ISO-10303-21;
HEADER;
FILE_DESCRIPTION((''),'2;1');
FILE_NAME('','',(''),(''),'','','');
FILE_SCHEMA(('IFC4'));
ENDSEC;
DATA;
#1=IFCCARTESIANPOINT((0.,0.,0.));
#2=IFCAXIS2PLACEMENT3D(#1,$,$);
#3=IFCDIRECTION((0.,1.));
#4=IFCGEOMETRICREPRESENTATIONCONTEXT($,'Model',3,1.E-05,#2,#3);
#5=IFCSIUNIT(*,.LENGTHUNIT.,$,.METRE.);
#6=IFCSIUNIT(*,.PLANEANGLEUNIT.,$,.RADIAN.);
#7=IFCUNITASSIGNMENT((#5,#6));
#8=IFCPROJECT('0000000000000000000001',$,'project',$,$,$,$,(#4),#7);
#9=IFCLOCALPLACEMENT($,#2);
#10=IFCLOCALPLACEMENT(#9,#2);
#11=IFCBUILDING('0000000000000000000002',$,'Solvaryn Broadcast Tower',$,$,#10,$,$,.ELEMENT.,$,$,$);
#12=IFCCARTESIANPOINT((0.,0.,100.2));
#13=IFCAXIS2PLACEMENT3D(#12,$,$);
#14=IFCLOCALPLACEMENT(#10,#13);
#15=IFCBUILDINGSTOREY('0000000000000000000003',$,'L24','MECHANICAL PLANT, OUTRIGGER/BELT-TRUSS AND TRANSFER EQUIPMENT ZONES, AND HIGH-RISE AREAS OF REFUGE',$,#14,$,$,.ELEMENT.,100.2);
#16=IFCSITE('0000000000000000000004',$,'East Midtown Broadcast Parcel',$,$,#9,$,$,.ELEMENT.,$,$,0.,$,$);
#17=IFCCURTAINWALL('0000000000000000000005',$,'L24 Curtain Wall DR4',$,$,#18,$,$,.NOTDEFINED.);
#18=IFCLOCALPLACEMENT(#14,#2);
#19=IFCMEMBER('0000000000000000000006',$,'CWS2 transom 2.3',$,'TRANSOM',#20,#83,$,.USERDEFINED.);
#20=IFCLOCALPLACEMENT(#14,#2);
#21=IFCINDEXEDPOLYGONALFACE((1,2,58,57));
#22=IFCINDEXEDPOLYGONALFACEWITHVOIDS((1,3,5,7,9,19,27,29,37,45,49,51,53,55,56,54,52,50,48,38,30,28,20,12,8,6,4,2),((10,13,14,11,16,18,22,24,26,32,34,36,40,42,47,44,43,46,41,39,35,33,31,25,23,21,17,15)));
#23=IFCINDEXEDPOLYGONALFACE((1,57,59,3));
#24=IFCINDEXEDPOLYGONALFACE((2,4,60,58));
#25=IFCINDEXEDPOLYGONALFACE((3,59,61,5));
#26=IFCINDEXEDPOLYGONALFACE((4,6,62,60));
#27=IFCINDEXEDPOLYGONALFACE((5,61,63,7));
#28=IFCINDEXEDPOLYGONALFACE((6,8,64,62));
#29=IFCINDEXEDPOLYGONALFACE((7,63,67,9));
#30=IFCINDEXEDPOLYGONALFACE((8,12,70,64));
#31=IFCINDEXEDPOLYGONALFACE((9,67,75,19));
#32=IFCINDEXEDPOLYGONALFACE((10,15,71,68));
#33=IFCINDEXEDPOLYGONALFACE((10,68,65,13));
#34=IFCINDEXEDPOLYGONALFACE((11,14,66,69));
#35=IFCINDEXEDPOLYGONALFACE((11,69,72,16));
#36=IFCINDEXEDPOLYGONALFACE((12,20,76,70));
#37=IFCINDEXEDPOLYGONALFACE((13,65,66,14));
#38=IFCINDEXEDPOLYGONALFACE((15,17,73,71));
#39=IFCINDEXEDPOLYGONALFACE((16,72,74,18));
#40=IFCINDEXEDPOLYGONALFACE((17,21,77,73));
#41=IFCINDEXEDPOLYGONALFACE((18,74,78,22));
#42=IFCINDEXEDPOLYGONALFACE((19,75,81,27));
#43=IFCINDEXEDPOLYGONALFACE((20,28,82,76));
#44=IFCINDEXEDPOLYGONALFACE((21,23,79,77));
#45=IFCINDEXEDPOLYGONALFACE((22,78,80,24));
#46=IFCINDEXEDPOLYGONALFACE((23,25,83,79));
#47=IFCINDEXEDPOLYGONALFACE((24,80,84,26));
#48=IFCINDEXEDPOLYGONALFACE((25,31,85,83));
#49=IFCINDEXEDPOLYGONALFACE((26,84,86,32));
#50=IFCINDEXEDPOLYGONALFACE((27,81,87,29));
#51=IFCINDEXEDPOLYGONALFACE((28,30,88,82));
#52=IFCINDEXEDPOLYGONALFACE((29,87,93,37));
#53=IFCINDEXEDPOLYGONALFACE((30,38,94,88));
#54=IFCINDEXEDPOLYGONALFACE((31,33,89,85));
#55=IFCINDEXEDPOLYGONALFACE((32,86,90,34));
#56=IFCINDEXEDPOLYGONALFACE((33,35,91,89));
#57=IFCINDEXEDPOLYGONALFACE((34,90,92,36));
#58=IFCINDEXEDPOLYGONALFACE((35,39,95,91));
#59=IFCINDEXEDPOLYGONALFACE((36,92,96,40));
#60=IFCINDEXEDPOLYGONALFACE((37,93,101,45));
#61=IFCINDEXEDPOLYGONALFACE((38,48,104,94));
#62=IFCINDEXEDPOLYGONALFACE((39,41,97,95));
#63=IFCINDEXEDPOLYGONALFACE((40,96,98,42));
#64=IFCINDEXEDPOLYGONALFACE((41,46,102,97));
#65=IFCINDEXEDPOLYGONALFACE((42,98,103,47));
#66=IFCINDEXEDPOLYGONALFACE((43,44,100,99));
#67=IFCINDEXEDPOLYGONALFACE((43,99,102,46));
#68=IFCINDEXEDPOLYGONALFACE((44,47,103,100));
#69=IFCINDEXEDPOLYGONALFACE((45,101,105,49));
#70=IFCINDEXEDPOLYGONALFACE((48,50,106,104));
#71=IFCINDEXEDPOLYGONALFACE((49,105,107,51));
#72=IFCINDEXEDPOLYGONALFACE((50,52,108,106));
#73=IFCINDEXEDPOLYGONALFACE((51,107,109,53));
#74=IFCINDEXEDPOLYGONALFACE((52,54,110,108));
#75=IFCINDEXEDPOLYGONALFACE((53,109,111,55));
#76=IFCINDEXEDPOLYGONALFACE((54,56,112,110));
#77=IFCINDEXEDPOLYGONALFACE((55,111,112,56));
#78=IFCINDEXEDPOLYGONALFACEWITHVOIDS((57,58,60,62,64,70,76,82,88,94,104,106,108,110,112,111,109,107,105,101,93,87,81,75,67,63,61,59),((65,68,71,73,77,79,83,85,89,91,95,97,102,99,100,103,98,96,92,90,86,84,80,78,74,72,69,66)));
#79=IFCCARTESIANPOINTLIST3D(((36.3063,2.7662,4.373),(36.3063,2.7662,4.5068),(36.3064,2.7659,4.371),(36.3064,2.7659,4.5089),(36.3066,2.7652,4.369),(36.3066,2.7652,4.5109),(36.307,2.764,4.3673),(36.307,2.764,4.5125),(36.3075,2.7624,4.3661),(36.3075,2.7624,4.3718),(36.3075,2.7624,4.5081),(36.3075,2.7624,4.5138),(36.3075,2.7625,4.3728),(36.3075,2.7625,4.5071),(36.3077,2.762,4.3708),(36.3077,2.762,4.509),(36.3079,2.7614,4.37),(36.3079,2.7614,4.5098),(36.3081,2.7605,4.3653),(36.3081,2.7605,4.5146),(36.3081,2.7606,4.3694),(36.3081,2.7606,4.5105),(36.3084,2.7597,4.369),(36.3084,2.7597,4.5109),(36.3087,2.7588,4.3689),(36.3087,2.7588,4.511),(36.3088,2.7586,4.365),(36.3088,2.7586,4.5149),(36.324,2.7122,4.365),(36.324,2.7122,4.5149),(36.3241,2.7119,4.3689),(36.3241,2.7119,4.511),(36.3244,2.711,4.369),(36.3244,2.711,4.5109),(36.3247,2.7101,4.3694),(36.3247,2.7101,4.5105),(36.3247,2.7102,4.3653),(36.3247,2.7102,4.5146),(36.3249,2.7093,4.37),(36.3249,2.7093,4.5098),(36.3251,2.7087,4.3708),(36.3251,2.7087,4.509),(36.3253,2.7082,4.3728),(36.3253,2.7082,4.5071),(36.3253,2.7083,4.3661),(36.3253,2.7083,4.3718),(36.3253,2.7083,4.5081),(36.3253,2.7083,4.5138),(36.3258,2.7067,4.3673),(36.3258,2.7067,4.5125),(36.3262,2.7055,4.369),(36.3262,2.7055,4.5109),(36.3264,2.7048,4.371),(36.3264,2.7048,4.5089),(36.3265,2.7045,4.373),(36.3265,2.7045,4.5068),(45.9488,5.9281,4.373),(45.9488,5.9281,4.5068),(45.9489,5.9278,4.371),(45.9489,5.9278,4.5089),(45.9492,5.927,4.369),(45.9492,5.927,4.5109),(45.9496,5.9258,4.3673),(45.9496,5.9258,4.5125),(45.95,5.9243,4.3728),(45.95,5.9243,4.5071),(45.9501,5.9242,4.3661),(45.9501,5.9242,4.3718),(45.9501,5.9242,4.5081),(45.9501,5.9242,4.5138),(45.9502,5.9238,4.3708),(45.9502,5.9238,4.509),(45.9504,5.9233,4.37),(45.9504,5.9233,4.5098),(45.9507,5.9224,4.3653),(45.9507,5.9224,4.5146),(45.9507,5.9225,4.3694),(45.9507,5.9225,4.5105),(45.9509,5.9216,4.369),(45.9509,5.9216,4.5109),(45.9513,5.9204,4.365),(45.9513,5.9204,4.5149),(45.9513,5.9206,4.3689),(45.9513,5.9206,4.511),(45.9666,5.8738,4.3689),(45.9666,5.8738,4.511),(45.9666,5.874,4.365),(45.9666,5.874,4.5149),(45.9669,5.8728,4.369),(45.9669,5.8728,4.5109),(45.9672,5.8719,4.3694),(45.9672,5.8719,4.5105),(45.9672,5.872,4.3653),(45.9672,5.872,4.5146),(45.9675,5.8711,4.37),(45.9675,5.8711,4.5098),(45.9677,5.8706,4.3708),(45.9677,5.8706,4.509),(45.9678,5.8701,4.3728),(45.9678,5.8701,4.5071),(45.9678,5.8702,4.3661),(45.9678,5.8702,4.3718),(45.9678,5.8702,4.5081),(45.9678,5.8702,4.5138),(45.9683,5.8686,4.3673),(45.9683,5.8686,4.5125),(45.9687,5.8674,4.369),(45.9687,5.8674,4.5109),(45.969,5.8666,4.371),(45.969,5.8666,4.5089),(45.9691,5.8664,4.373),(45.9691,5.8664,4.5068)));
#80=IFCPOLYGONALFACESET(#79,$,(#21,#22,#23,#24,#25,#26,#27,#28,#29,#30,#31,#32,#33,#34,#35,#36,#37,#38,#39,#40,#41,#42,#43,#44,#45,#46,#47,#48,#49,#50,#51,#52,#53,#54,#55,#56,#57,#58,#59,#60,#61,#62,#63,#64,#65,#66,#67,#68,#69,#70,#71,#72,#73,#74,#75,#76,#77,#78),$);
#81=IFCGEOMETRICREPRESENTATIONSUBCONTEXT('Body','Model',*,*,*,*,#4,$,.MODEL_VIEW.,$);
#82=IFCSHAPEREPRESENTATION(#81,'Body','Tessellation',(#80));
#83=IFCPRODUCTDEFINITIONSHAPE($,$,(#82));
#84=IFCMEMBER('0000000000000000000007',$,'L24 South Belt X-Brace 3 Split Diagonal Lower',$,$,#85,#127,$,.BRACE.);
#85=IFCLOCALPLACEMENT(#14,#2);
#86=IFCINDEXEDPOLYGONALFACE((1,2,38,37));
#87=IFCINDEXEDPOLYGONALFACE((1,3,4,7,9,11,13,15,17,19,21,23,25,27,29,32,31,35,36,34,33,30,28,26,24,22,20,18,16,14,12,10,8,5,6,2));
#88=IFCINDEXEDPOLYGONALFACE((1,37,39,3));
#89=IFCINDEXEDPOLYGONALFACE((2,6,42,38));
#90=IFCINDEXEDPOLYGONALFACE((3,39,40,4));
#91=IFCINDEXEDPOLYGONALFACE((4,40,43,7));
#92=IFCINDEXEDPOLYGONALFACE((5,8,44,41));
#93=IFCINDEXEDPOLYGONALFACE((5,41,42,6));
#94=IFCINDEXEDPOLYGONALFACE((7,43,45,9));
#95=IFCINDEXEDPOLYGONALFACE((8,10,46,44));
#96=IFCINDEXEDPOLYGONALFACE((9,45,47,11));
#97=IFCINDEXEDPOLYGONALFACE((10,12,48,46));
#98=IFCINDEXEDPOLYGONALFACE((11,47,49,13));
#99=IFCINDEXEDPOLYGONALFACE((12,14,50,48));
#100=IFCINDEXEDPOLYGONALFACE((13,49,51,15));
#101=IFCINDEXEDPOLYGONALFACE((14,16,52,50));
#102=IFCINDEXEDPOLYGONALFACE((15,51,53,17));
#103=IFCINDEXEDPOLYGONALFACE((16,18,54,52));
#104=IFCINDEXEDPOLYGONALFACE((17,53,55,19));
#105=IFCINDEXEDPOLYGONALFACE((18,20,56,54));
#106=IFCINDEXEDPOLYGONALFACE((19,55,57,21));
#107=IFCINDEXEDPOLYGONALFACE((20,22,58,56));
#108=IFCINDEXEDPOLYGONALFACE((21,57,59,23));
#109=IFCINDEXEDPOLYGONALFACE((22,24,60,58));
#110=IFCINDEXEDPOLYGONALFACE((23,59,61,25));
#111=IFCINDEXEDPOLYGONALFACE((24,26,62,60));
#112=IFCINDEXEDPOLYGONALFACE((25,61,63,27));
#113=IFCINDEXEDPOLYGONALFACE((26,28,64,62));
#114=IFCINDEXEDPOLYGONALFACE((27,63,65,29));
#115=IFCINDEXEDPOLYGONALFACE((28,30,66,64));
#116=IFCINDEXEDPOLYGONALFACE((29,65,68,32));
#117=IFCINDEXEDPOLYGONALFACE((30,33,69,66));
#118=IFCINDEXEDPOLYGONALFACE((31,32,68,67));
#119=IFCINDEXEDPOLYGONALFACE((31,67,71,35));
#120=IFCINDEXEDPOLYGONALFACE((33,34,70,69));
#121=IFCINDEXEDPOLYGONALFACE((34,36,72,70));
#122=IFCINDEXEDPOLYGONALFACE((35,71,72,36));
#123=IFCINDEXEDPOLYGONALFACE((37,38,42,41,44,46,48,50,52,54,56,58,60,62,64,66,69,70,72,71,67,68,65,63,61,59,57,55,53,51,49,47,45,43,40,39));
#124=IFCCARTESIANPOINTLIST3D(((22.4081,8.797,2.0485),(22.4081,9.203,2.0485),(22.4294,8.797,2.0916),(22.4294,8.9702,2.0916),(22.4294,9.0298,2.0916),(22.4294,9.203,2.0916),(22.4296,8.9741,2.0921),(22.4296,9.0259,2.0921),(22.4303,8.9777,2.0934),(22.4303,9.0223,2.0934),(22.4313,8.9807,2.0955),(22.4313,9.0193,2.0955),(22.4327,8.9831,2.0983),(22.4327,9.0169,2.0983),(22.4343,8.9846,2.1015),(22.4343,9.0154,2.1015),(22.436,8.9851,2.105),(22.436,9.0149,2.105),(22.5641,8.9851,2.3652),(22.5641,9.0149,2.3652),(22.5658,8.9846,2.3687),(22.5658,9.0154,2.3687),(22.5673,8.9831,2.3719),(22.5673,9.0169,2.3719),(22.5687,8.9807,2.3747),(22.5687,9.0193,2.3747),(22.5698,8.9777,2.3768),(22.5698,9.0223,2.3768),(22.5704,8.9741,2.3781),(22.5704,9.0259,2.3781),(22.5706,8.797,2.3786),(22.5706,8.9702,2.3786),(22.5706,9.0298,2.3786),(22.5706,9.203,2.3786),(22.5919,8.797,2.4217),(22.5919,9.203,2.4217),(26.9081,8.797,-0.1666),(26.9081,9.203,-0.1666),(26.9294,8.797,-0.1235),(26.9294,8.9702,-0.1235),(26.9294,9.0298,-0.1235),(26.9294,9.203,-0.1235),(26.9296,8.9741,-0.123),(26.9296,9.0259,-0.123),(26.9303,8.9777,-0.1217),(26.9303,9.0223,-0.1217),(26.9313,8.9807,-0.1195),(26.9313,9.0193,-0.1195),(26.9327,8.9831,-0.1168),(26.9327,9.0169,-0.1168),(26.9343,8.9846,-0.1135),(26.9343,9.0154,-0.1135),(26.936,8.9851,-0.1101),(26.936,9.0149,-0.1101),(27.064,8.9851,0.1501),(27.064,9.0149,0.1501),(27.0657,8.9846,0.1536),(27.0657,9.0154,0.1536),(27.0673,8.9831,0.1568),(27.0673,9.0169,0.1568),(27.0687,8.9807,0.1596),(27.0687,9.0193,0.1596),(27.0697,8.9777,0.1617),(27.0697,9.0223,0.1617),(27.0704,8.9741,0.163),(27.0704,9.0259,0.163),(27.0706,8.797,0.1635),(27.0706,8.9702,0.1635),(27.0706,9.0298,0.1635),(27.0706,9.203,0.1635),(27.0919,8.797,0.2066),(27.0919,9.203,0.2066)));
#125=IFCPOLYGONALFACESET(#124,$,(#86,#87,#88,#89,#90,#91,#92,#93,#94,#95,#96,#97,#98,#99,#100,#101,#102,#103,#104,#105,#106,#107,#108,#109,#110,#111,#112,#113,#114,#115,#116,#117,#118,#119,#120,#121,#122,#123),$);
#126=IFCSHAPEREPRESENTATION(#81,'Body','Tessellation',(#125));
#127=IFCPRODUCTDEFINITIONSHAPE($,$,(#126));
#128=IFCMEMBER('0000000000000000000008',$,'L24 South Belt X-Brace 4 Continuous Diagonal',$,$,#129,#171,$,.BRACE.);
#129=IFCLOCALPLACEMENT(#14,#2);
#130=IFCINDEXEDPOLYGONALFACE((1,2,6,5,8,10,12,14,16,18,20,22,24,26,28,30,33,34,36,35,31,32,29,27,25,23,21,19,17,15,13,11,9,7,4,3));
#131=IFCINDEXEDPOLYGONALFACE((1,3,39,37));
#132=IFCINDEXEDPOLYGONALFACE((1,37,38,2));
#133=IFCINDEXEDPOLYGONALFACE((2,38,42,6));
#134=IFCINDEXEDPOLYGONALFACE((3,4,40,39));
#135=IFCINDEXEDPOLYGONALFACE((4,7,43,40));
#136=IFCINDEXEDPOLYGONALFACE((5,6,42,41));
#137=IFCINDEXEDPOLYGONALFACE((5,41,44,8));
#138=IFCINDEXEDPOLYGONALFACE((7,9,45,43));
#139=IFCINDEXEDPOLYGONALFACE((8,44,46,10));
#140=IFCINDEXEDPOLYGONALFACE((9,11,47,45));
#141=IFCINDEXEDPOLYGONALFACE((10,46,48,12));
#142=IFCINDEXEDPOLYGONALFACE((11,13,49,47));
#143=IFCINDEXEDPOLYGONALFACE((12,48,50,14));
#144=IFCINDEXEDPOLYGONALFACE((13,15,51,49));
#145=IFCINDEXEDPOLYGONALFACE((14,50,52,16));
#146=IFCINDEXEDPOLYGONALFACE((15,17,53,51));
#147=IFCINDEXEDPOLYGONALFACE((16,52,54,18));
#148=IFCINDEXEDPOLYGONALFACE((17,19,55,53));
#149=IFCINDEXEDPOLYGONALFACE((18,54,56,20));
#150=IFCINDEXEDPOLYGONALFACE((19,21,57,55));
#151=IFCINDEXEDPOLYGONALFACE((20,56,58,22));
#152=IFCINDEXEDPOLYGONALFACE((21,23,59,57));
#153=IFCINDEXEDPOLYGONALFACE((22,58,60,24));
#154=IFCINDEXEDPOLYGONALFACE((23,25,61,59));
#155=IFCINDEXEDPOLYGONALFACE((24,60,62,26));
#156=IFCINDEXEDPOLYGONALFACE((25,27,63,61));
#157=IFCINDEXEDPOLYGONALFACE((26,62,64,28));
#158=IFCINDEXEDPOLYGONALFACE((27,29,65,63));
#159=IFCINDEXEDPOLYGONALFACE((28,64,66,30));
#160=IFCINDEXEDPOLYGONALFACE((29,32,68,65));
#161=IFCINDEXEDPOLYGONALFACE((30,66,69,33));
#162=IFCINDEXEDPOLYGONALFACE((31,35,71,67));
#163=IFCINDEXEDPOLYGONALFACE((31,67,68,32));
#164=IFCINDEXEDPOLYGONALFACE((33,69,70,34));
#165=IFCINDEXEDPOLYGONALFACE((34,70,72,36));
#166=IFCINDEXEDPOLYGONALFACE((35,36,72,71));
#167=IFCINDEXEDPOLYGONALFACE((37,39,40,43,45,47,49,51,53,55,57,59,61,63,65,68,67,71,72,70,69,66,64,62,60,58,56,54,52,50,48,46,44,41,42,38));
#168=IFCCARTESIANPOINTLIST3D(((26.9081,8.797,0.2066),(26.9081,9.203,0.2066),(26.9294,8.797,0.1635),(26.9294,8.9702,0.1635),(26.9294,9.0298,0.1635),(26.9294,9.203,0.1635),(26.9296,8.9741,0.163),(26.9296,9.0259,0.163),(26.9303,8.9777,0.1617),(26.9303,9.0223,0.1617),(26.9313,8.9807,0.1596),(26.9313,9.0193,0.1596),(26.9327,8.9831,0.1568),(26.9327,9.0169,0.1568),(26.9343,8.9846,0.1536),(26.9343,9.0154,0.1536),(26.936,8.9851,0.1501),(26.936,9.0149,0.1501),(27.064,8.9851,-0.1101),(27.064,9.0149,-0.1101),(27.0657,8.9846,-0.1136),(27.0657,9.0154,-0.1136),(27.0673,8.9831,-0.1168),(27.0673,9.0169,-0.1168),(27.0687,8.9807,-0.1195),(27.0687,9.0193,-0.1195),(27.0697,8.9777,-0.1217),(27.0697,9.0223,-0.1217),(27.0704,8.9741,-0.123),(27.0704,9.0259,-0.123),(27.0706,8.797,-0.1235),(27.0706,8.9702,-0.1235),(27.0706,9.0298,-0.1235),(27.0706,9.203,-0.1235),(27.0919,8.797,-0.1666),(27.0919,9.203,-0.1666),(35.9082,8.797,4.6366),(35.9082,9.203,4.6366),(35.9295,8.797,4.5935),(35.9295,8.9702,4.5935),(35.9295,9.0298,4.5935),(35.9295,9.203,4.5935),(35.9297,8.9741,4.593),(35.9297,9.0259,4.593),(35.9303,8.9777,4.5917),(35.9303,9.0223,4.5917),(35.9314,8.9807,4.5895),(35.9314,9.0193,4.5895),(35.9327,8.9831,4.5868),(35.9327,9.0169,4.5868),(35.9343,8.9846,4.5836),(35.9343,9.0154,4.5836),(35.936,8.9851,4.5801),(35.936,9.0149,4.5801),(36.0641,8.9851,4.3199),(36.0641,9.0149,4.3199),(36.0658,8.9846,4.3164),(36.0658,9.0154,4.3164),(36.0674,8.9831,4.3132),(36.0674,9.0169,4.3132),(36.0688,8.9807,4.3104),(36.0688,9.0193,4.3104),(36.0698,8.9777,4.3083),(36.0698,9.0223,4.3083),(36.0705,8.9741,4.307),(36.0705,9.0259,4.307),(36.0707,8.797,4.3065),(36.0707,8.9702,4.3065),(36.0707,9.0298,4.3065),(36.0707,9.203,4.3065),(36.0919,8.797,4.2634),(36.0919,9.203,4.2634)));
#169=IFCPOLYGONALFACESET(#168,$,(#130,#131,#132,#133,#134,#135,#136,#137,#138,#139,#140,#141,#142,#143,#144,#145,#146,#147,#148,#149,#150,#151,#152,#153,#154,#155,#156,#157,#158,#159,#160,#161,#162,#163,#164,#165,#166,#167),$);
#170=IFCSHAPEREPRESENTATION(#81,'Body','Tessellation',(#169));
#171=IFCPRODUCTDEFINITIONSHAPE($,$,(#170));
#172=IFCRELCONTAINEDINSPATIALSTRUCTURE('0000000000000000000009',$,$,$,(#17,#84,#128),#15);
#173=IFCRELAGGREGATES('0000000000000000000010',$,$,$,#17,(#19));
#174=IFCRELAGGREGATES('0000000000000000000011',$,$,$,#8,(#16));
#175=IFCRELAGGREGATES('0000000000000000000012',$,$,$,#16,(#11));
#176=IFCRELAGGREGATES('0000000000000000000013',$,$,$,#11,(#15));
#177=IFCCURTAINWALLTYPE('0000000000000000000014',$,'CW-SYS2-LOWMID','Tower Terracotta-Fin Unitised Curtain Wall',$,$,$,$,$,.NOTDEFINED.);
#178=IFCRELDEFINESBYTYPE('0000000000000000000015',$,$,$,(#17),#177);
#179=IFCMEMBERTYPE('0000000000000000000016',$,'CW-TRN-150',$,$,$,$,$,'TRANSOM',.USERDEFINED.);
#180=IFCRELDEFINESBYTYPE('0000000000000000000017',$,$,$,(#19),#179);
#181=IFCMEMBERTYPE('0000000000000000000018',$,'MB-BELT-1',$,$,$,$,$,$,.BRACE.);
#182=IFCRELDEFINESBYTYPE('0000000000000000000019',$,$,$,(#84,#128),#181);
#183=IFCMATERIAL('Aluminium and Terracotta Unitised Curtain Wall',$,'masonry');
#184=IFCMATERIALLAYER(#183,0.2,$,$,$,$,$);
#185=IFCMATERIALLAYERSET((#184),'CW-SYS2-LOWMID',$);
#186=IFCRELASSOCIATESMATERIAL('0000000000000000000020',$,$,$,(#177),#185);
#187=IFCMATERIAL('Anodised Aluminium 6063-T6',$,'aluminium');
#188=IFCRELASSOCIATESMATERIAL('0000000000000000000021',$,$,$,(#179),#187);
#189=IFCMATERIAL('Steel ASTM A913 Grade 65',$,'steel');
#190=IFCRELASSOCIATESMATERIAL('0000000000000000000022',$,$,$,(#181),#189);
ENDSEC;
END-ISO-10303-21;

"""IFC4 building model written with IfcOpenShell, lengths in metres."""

from ifc_helpers import new_model, si_unit, direction, frame, origin, origin_2d, place, context, subcontext, project, spatial, hollow_rectangle, i_section, extrude, material, layer, layer_set, material_profile, profile_set, type_object, element, aggregate, save


model = new_model("IFC4")

# Units and contexts
model_context = context("Model", 3, precision=1e-05, world=origin(), true_north=direction((0.0, 1.0)))
body_context = subcontext(model_context, "Body", "Model", "MODEL_VIEW")
ifc_project = project(units=[si_unit("LENGTHUNIT", "METRE"), si_unit("PLANEANGLEUNIT", "RADIAN")], contexts=[model_context])

# Site, building, storey
site_placement = place(None, origin())
site = spatial("IfcSite", under=ifc_project, at=site_placement, Name="East Midtown Broadcast Parcel", CompositionType="ELEMENT", RefElevation=0.0)
building_placement = place(site_placement, origin())
building = spatial("IfcBuilding", under=site, at=building_placement, Name="Solvaryn Broadcast Tower", CompositionType="ELEMENT")
storey_placement = place(building_placement, frame((0.0, 0.0, 100.2)))
storey = spatial("IfcBuildingStorey", under=building, at=storey_placement, Name="L24", Description="MECHANICAL PLANT, OUTRIGGER/BELT-TRUSS AND TRANSFER EQUIPMENT ZONES, AND HIGH-RISE AREAS OF REFUGE", CompositionType="ELEMENT", Elevation=100.2)

# Curtain wall, member
ifc_material_1 = material(Name="Aluminium and Terracotta Unitised Curtain Wall", Category="masonry")
ifc_layer_1 = layer(ifc_material_1, 0.2)
ifc_layer_set_1 = layer_set([ifc_layer_1], Name="CW-SYS2-LOWMID")
curtain_wall_type = type_object("IfcCurtainWallType", Name="CW-SYS2-LOWMID", Description="Tower Terracotta-Fin Unitised Curtain Wall", PredefinedType="NOTDEFINED", material=ifc_layer_set_1)
curtain_wall_placement = place(storey_placement, origin())
curtain_wall = element("IfcCurtainWall", 1, at=curtain_wall_placement, inside=storey, type_object=curtain_wall_type, Name="L24 Curtain Wall DR4", PredefinedType="NOTDEFINED")
ifc_material_2 = material(Name="Anodised Aluminium 6063-T6", Category="aluminium")
ifc_material_profile_1 = material_profile(ifc_material_2, hollow_rectangle(XDim=0.0649, YDim=0.1499, WallThickness=0.0039, InnerFilletRadius=0.0039, OuterFilletRadius=0.0081, at=origin_2d()))
ifc_profile_set_1 = profile_set([ifc_material_profile_1], Name="Anodised Aluminium 6063-T6")
member_type_1 = type_object("IfcMemberType", Name="CW-TRN-150", ElementType="TRANSOM", PredefinedType="USERDEFINED", material=ifc_profile_set_1)
member_1_placement = place(storey_placement, frame((36.3164, 2.7354, 4.4399), z_axis=(0.950219, 0.311583, 0.0), x_axis=(-0.311583, 0.950219, 0.0)))
member_1 = element("IfcMember", 2, at=member_1_placement, type_object=member_type_1, Name="CWS2 transom 2.3", ObjectType="TRANSOM", PredefinedType="USERDEFINED", context=body_context, shape_type="SweptSolid", body=[
    extrude(hollow_rectangle(XDim=0.0649, YDim=0.1499, WallThickness=0.0039, InnerFilletRadius=0.0039, OuterFilletRadius=0.0081, at=origin_2d()), origin(), (0.0, 0.0, 1.0), 10.1477),
])

# Members
ifc_material_3 = material(Name="Steel ASTM A913 Grade 65", Category="steel")
ifc_material_profile_2 = material_profile(ifc_material_3, i_section(OverallWidth=0.406, OverallDepth=0.416, WebThickness=0.0298, FlangeThickness=0.0481, FilletRadius=0.0149, at=origin_2d()))
ifc_profile_set_2 = profile_set([ifc_material_profile_2], Name="Steel ASTM A913 Grade 65")
member_type_2 = type_object("IfcMemberType", Name="MB-BELT-1", PredefinedType="BRACE", material=ifc_profile_set_2)
member_2_placement = place(storey_placement, frame((27.0, 9.0, 0.02), z_axis=(-0.897194, 0.0, 0.441636), x_axis=(0.0, -1.0, 0.0)))
element("IfcMember", 3, at=member_2_placement, inside=storey, type_object=member_type_2, Name="L24 South Belt X-Brace 3 Split Diagonal Lower", PredefinedType="BRACE", context=body_context, shape_type="SweptSolid", body=[
    extrude(i_section(OverallWidth=0.406, OverallDepth=0.416, WebThickness=0.0298, FlangeThickness=0.0481, FilletRadius=0.0149, at=origin_2d()), origin(), (0.0, 0.0, 1.0), 5.0156),
])
member_3_placement = place(storey_placement, frame((27.0, 9.0, 0.02), z_axis=(0.897204, 0.0, 0.441617), x_axis=(0.0, 1.0, 0.0)))
element("IfcMember", 4, at=member_3_placement, inside=storey, type_object=member_type_2, Name="L24 South Belt X-Brace 4 Continuous Diagonal", PredefinedType="BRACE", context=body_context, shape_type="SweptSolid", body=[
    extrude(i_section(OverallWidth=0.406, OverallDepth=0.416, WebThickness=0.0298, FlangeThickness=0.0481, FilletRadius=0.0149, at=origin_2d()), origin(), (0.0, 0.0, 1.0), 10.0312),
])

aggregate(curtain_wall, [member_1])

save(model, "model.ifc")
